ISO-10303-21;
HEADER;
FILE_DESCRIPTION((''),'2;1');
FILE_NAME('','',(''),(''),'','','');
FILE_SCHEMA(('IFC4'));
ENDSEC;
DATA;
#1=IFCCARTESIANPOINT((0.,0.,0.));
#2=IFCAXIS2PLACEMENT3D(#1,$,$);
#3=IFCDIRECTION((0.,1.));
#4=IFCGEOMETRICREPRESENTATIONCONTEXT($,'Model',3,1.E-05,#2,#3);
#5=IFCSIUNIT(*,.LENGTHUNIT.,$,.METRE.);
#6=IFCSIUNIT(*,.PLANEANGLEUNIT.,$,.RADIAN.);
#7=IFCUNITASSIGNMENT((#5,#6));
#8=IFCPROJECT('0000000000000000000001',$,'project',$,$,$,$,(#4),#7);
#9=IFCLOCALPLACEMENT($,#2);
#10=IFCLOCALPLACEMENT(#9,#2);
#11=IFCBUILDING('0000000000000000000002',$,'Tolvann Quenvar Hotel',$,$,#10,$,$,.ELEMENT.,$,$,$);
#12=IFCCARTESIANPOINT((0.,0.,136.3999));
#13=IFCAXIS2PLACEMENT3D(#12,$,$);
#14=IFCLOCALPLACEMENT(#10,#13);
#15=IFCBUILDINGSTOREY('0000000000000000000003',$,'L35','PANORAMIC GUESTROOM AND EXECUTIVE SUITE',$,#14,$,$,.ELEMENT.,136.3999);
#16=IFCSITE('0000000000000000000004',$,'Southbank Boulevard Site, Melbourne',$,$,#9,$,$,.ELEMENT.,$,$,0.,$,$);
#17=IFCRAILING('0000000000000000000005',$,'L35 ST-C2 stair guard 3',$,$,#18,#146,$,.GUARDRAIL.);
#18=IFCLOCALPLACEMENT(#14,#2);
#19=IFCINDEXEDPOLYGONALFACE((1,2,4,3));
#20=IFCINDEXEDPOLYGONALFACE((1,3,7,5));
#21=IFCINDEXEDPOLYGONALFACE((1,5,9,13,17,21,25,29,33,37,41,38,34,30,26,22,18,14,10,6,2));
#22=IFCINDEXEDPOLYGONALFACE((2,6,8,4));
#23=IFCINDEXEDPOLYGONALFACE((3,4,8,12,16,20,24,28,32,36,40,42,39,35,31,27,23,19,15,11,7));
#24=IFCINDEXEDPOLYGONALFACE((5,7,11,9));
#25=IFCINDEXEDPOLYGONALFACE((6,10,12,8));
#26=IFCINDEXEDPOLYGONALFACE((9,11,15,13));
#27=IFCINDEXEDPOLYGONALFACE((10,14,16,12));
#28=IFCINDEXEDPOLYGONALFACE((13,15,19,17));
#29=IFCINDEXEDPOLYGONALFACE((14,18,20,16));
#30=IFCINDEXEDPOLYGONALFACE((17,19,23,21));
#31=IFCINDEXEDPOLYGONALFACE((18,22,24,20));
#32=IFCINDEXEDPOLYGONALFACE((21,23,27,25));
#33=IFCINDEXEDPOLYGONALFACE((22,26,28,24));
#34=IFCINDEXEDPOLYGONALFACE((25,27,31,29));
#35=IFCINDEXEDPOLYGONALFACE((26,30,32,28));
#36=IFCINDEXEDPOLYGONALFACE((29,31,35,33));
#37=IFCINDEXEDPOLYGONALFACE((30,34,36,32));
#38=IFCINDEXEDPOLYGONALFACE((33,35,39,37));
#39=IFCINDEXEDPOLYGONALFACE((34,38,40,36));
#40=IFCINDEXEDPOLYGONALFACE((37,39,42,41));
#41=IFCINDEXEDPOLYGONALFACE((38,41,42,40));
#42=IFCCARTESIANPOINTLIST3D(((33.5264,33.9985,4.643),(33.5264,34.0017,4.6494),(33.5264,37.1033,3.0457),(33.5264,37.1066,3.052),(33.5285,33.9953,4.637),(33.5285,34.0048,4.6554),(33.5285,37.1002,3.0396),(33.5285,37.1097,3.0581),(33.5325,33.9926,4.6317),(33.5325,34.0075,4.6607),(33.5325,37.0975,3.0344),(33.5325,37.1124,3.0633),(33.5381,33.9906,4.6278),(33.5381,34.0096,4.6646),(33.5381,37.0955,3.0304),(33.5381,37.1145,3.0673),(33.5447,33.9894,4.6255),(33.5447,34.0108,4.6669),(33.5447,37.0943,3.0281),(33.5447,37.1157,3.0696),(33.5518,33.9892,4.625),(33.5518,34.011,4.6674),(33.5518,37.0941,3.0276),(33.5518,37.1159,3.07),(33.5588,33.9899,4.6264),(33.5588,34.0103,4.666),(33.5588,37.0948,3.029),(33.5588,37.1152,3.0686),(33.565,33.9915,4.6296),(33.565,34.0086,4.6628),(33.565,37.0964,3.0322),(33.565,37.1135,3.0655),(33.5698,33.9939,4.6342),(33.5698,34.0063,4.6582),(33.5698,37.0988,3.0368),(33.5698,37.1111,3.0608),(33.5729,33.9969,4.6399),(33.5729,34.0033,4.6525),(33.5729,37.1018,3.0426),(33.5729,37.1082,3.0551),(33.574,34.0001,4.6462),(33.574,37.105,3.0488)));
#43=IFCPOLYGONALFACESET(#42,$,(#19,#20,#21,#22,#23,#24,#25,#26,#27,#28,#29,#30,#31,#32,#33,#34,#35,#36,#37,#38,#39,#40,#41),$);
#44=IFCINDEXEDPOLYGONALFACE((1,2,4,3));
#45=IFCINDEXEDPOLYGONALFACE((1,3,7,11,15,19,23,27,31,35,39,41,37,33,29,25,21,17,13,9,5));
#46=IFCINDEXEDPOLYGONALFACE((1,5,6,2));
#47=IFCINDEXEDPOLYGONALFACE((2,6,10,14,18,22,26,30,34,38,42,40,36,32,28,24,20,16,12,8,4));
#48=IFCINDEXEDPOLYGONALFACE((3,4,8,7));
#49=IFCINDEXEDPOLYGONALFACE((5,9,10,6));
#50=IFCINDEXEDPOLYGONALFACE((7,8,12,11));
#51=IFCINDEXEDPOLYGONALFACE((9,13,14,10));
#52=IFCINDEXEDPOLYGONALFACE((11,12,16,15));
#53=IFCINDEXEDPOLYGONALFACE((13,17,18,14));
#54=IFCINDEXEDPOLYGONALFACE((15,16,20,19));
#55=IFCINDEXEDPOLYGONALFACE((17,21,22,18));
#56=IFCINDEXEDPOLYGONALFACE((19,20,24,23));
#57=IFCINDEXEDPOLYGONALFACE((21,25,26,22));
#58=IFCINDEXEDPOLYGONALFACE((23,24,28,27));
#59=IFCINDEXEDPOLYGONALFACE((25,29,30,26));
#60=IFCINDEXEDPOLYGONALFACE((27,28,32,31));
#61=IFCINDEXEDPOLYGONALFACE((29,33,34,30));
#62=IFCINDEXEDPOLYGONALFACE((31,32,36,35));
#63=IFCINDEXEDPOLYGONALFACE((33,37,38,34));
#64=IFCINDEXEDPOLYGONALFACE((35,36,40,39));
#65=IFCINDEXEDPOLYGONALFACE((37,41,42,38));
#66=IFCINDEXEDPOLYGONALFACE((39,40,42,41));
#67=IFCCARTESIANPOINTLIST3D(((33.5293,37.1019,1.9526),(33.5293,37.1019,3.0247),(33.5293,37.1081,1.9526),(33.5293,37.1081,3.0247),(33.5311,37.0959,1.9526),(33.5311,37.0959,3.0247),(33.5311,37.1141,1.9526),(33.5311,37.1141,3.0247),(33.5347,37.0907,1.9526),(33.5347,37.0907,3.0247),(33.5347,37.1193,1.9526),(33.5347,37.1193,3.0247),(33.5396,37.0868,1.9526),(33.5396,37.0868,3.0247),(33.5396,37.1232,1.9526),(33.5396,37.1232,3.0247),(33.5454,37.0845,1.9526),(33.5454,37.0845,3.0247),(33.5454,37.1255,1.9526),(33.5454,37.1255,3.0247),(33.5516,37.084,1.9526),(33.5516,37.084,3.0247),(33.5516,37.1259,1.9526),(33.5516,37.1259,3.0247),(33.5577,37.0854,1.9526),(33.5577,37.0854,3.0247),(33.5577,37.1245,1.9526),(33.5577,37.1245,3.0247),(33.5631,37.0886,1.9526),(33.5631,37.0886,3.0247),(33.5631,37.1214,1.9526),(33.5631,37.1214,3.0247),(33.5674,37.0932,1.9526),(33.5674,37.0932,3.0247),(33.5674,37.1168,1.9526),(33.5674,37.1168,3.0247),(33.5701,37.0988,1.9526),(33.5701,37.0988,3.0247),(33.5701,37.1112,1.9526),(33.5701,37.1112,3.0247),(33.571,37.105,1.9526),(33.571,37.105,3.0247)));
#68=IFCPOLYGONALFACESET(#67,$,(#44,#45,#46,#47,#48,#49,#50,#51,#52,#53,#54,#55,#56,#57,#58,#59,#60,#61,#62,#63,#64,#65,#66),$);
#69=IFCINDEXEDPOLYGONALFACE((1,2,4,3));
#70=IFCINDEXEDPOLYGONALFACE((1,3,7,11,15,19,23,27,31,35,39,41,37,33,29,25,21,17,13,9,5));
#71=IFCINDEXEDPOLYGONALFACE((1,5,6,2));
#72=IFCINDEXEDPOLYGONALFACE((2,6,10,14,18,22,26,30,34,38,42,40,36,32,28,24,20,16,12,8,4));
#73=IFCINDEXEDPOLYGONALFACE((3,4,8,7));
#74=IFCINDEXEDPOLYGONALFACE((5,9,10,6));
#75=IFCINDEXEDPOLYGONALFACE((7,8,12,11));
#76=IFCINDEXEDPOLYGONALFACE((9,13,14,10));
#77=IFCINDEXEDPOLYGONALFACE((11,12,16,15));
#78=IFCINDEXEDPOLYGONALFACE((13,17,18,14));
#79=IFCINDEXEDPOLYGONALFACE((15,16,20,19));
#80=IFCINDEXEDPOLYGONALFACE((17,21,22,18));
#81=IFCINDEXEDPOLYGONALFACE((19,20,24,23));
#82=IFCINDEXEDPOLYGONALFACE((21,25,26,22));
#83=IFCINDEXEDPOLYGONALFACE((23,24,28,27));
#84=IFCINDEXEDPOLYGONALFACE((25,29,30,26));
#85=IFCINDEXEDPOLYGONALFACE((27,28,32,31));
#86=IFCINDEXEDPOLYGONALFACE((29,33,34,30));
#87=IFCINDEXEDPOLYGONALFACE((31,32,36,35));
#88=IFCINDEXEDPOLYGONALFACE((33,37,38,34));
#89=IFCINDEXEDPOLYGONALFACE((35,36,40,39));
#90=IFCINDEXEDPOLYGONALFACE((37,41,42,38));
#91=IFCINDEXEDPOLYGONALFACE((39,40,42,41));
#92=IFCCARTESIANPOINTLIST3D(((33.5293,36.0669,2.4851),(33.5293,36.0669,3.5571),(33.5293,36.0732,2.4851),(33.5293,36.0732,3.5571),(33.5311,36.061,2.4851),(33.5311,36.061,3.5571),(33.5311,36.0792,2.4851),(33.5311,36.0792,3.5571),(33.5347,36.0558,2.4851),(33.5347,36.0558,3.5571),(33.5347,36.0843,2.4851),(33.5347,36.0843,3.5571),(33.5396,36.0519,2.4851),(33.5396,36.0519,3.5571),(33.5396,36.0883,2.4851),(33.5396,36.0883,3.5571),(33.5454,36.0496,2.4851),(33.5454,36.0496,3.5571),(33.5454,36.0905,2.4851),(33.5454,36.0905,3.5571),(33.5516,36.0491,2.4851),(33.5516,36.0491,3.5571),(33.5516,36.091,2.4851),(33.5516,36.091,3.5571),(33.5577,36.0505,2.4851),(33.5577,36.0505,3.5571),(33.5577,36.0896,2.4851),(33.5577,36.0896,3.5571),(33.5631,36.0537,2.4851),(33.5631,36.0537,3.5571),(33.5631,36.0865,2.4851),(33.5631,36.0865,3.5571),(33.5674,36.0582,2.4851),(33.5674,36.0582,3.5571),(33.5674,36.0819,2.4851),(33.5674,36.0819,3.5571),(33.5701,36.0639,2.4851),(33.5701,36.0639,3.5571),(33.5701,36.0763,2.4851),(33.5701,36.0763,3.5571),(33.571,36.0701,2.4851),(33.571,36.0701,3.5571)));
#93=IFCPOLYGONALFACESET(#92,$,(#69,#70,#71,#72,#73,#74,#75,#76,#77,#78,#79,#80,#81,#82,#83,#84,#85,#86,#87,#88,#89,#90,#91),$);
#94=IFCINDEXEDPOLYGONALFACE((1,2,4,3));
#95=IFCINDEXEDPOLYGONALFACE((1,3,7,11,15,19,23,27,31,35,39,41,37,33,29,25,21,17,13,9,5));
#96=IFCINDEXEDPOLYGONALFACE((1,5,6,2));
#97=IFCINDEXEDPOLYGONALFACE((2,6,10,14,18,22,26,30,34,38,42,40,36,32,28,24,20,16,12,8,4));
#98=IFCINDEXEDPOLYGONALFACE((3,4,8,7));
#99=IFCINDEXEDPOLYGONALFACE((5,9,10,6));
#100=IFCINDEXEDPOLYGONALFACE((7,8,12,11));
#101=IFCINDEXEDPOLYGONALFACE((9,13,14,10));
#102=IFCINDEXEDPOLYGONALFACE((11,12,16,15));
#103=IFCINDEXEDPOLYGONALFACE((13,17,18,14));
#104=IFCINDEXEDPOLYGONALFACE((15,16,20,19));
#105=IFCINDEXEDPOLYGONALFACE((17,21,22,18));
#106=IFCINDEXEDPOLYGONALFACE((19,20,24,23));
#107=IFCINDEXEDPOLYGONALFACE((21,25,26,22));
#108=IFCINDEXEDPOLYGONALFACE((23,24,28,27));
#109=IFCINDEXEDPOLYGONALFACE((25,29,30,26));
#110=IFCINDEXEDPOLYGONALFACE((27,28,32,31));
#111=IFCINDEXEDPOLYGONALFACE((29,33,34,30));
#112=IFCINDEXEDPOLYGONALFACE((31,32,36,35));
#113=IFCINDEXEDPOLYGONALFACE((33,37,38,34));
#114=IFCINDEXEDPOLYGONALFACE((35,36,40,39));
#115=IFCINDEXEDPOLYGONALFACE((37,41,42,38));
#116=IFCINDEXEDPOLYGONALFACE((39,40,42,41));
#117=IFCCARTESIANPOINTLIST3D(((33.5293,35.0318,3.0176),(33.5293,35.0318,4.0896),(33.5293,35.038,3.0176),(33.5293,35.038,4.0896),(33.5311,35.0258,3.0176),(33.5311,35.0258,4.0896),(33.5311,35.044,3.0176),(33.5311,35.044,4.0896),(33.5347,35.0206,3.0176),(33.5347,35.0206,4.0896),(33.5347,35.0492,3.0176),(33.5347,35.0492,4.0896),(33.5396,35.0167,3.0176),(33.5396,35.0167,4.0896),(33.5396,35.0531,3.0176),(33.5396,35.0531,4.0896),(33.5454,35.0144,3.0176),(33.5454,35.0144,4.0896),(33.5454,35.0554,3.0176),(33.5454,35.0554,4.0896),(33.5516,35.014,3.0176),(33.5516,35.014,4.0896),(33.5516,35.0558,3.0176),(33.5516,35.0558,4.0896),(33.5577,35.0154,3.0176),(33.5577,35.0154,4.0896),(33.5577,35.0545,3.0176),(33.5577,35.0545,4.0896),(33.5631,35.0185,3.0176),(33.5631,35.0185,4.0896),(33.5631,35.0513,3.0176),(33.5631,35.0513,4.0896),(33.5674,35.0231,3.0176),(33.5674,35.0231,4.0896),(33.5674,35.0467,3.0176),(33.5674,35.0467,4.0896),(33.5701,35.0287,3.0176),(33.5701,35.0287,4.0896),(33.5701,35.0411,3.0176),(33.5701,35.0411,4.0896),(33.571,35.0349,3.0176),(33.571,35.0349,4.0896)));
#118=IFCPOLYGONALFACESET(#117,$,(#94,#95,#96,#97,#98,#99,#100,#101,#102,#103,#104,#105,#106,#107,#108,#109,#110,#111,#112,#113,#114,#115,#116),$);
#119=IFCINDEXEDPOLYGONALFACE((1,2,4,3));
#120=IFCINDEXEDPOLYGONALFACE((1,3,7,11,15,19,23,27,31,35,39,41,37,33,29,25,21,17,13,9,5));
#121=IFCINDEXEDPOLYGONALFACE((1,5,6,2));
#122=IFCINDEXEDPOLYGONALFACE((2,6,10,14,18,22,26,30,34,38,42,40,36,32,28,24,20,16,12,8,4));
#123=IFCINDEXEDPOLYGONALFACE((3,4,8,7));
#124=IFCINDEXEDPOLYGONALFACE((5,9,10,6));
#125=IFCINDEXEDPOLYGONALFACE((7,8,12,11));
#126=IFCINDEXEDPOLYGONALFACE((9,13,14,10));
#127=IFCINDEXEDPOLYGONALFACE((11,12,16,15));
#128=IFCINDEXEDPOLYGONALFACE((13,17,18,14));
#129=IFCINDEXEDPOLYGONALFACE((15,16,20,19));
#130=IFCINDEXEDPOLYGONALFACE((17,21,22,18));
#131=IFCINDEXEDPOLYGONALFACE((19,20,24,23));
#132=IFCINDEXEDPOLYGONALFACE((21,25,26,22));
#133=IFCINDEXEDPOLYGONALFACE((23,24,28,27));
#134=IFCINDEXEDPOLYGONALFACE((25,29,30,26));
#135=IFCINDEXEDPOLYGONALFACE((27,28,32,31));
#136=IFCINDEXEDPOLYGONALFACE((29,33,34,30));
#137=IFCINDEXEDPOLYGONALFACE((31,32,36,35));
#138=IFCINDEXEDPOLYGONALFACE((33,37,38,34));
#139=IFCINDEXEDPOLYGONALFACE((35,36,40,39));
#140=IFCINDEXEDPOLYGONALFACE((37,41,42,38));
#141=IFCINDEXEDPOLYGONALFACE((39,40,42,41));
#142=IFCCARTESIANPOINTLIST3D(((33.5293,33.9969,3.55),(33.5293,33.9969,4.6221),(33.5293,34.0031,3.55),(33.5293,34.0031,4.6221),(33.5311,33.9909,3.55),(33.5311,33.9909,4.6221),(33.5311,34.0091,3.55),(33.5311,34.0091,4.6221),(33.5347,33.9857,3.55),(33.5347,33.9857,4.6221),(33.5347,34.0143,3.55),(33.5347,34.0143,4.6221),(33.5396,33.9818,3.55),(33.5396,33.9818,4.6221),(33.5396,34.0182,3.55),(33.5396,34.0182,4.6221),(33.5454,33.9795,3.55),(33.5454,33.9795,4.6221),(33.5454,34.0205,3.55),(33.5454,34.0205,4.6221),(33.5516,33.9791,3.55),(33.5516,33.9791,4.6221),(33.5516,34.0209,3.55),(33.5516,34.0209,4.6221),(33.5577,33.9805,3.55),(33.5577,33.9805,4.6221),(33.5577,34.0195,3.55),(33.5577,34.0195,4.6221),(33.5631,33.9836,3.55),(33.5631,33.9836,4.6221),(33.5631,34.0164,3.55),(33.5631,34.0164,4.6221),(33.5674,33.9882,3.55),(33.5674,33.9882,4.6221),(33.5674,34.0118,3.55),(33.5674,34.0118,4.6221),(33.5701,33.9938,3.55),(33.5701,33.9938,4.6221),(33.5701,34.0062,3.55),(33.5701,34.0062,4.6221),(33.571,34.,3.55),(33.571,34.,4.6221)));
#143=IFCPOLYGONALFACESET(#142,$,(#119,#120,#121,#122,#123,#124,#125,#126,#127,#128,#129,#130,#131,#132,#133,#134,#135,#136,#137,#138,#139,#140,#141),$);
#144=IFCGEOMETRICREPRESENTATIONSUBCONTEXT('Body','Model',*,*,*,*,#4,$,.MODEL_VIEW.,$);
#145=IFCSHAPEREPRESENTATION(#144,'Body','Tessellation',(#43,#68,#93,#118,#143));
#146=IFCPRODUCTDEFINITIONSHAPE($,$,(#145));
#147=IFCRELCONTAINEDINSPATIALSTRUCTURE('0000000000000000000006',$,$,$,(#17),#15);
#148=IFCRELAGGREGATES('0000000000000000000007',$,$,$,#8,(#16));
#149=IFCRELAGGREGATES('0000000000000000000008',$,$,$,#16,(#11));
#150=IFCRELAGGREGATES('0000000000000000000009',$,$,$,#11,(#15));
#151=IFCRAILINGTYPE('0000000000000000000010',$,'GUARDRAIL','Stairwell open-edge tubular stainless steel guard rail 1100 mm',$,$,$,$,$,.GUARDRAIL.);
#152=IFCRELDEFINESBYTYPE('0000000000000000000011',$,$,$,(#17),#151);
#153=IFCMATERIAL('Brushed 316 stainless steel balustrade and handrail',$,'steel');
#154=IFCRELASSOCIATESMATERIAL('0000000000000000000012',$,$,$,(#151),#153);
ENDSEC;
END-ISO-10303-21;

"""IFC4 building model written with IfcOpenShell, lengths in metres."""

from ifc_helpers import new_model, si_unit, direction, frame, origin, origin_2d, place, context, subcontext, project, spatial, circle, extrude, material, type_object, element, save


model = new_model("IFC4")

# Units and contexts
model_context = context("Model", 3, precision=1e-05, world=origin(), true_north=direction((0.0, 1.0)))
body_context = subcontext(model_context, "Body", "Model", "MODEL_VIEW")
ifc_project = project(units=[si_unit("LENGTHUNIT", "METRE"), si_unit("PLANEANGLEUNIT", "RADIAN")], contexts=[model_context])

# Site, building, storey
site_placement = place(None, origin())
site = spatial("IfcSite", under=ifc_project, at=site_placement, Name="Southbank Boulevard Site, Melbourne", CompositionType="ELEMENT", RefElevation=0.0)
building_placement = place(site_placement, origin())
building = spatial("IfcBuilding", under=site, at=building_placement, Name="Tolvann Quenvar Hotel", CompositionType="ELEMENT")
storey_placement = place(building_placement, frame((0.0, 0.0, 136.3999)))
storey = spatial("IfcBuildingStorey", under=building, at=storey_placement, Name="L35", Description="PANORAMIC GUESTROOM AND EXECUTIVE SUITE", CompositionType="ELEMENT", Elevation=136.3999)

# Railing
ifc_material_1 = material(Name="Brushed 316 stainless steel balustrade and handrail", Category="steel")
railing_type_1 = type_object("IfcRailingType", Name="GUARDRAIL", Description="Stairwell open-edge tubular stainless steel guard rail 1100 mm", PredefinedType="GUARDRAIL", material=ifc_material_1)
railing_1_placement = place(storey_placement, frame((33.55, 37.105, 1.9526)))
element("IfcRailing", 1, at=railing_1_placement, inside=storey, type_object=railing_type_1, Name="L35 ST-C2 stair guard 3", PredefinedType="GUARDRAIL", context=body_context, shape_type="SweptSolid", body=[
    extrude(circle(Radius=0.0239, at=origin_2d()), frame((0.0, 0.0, 1.0962), z_axis=(0.0, -0.889222, 0.457476), x_axis=(1.0, 0.0, 0.0)), (0.0, 0.0, 1.0), 3.4917),
    extrude(circle(Radius=0.021, at=origin_2d()), origin(), (0.0, 0.0, 1.0), 1.072),
    extrude(circle(Radius=0.021, at=origin_2d()), frame((0.0, -1.0349, 0.5325)), (0.0, 0.0, 1.0), 1.072),
    extrude(circle(Radius=0.021, at=origin_2d()), frame((0.0, -2.0701, 1.0649)), (0.0, 0.0, 1.0), 1.072),
    extrude(circle(Radius=0.021, at=origin_2d()), frame((0.0, -3.105, 1.5974)), (0.0, 0.0, 1.0), 1.072),
])

save(model, "model.ifc")
